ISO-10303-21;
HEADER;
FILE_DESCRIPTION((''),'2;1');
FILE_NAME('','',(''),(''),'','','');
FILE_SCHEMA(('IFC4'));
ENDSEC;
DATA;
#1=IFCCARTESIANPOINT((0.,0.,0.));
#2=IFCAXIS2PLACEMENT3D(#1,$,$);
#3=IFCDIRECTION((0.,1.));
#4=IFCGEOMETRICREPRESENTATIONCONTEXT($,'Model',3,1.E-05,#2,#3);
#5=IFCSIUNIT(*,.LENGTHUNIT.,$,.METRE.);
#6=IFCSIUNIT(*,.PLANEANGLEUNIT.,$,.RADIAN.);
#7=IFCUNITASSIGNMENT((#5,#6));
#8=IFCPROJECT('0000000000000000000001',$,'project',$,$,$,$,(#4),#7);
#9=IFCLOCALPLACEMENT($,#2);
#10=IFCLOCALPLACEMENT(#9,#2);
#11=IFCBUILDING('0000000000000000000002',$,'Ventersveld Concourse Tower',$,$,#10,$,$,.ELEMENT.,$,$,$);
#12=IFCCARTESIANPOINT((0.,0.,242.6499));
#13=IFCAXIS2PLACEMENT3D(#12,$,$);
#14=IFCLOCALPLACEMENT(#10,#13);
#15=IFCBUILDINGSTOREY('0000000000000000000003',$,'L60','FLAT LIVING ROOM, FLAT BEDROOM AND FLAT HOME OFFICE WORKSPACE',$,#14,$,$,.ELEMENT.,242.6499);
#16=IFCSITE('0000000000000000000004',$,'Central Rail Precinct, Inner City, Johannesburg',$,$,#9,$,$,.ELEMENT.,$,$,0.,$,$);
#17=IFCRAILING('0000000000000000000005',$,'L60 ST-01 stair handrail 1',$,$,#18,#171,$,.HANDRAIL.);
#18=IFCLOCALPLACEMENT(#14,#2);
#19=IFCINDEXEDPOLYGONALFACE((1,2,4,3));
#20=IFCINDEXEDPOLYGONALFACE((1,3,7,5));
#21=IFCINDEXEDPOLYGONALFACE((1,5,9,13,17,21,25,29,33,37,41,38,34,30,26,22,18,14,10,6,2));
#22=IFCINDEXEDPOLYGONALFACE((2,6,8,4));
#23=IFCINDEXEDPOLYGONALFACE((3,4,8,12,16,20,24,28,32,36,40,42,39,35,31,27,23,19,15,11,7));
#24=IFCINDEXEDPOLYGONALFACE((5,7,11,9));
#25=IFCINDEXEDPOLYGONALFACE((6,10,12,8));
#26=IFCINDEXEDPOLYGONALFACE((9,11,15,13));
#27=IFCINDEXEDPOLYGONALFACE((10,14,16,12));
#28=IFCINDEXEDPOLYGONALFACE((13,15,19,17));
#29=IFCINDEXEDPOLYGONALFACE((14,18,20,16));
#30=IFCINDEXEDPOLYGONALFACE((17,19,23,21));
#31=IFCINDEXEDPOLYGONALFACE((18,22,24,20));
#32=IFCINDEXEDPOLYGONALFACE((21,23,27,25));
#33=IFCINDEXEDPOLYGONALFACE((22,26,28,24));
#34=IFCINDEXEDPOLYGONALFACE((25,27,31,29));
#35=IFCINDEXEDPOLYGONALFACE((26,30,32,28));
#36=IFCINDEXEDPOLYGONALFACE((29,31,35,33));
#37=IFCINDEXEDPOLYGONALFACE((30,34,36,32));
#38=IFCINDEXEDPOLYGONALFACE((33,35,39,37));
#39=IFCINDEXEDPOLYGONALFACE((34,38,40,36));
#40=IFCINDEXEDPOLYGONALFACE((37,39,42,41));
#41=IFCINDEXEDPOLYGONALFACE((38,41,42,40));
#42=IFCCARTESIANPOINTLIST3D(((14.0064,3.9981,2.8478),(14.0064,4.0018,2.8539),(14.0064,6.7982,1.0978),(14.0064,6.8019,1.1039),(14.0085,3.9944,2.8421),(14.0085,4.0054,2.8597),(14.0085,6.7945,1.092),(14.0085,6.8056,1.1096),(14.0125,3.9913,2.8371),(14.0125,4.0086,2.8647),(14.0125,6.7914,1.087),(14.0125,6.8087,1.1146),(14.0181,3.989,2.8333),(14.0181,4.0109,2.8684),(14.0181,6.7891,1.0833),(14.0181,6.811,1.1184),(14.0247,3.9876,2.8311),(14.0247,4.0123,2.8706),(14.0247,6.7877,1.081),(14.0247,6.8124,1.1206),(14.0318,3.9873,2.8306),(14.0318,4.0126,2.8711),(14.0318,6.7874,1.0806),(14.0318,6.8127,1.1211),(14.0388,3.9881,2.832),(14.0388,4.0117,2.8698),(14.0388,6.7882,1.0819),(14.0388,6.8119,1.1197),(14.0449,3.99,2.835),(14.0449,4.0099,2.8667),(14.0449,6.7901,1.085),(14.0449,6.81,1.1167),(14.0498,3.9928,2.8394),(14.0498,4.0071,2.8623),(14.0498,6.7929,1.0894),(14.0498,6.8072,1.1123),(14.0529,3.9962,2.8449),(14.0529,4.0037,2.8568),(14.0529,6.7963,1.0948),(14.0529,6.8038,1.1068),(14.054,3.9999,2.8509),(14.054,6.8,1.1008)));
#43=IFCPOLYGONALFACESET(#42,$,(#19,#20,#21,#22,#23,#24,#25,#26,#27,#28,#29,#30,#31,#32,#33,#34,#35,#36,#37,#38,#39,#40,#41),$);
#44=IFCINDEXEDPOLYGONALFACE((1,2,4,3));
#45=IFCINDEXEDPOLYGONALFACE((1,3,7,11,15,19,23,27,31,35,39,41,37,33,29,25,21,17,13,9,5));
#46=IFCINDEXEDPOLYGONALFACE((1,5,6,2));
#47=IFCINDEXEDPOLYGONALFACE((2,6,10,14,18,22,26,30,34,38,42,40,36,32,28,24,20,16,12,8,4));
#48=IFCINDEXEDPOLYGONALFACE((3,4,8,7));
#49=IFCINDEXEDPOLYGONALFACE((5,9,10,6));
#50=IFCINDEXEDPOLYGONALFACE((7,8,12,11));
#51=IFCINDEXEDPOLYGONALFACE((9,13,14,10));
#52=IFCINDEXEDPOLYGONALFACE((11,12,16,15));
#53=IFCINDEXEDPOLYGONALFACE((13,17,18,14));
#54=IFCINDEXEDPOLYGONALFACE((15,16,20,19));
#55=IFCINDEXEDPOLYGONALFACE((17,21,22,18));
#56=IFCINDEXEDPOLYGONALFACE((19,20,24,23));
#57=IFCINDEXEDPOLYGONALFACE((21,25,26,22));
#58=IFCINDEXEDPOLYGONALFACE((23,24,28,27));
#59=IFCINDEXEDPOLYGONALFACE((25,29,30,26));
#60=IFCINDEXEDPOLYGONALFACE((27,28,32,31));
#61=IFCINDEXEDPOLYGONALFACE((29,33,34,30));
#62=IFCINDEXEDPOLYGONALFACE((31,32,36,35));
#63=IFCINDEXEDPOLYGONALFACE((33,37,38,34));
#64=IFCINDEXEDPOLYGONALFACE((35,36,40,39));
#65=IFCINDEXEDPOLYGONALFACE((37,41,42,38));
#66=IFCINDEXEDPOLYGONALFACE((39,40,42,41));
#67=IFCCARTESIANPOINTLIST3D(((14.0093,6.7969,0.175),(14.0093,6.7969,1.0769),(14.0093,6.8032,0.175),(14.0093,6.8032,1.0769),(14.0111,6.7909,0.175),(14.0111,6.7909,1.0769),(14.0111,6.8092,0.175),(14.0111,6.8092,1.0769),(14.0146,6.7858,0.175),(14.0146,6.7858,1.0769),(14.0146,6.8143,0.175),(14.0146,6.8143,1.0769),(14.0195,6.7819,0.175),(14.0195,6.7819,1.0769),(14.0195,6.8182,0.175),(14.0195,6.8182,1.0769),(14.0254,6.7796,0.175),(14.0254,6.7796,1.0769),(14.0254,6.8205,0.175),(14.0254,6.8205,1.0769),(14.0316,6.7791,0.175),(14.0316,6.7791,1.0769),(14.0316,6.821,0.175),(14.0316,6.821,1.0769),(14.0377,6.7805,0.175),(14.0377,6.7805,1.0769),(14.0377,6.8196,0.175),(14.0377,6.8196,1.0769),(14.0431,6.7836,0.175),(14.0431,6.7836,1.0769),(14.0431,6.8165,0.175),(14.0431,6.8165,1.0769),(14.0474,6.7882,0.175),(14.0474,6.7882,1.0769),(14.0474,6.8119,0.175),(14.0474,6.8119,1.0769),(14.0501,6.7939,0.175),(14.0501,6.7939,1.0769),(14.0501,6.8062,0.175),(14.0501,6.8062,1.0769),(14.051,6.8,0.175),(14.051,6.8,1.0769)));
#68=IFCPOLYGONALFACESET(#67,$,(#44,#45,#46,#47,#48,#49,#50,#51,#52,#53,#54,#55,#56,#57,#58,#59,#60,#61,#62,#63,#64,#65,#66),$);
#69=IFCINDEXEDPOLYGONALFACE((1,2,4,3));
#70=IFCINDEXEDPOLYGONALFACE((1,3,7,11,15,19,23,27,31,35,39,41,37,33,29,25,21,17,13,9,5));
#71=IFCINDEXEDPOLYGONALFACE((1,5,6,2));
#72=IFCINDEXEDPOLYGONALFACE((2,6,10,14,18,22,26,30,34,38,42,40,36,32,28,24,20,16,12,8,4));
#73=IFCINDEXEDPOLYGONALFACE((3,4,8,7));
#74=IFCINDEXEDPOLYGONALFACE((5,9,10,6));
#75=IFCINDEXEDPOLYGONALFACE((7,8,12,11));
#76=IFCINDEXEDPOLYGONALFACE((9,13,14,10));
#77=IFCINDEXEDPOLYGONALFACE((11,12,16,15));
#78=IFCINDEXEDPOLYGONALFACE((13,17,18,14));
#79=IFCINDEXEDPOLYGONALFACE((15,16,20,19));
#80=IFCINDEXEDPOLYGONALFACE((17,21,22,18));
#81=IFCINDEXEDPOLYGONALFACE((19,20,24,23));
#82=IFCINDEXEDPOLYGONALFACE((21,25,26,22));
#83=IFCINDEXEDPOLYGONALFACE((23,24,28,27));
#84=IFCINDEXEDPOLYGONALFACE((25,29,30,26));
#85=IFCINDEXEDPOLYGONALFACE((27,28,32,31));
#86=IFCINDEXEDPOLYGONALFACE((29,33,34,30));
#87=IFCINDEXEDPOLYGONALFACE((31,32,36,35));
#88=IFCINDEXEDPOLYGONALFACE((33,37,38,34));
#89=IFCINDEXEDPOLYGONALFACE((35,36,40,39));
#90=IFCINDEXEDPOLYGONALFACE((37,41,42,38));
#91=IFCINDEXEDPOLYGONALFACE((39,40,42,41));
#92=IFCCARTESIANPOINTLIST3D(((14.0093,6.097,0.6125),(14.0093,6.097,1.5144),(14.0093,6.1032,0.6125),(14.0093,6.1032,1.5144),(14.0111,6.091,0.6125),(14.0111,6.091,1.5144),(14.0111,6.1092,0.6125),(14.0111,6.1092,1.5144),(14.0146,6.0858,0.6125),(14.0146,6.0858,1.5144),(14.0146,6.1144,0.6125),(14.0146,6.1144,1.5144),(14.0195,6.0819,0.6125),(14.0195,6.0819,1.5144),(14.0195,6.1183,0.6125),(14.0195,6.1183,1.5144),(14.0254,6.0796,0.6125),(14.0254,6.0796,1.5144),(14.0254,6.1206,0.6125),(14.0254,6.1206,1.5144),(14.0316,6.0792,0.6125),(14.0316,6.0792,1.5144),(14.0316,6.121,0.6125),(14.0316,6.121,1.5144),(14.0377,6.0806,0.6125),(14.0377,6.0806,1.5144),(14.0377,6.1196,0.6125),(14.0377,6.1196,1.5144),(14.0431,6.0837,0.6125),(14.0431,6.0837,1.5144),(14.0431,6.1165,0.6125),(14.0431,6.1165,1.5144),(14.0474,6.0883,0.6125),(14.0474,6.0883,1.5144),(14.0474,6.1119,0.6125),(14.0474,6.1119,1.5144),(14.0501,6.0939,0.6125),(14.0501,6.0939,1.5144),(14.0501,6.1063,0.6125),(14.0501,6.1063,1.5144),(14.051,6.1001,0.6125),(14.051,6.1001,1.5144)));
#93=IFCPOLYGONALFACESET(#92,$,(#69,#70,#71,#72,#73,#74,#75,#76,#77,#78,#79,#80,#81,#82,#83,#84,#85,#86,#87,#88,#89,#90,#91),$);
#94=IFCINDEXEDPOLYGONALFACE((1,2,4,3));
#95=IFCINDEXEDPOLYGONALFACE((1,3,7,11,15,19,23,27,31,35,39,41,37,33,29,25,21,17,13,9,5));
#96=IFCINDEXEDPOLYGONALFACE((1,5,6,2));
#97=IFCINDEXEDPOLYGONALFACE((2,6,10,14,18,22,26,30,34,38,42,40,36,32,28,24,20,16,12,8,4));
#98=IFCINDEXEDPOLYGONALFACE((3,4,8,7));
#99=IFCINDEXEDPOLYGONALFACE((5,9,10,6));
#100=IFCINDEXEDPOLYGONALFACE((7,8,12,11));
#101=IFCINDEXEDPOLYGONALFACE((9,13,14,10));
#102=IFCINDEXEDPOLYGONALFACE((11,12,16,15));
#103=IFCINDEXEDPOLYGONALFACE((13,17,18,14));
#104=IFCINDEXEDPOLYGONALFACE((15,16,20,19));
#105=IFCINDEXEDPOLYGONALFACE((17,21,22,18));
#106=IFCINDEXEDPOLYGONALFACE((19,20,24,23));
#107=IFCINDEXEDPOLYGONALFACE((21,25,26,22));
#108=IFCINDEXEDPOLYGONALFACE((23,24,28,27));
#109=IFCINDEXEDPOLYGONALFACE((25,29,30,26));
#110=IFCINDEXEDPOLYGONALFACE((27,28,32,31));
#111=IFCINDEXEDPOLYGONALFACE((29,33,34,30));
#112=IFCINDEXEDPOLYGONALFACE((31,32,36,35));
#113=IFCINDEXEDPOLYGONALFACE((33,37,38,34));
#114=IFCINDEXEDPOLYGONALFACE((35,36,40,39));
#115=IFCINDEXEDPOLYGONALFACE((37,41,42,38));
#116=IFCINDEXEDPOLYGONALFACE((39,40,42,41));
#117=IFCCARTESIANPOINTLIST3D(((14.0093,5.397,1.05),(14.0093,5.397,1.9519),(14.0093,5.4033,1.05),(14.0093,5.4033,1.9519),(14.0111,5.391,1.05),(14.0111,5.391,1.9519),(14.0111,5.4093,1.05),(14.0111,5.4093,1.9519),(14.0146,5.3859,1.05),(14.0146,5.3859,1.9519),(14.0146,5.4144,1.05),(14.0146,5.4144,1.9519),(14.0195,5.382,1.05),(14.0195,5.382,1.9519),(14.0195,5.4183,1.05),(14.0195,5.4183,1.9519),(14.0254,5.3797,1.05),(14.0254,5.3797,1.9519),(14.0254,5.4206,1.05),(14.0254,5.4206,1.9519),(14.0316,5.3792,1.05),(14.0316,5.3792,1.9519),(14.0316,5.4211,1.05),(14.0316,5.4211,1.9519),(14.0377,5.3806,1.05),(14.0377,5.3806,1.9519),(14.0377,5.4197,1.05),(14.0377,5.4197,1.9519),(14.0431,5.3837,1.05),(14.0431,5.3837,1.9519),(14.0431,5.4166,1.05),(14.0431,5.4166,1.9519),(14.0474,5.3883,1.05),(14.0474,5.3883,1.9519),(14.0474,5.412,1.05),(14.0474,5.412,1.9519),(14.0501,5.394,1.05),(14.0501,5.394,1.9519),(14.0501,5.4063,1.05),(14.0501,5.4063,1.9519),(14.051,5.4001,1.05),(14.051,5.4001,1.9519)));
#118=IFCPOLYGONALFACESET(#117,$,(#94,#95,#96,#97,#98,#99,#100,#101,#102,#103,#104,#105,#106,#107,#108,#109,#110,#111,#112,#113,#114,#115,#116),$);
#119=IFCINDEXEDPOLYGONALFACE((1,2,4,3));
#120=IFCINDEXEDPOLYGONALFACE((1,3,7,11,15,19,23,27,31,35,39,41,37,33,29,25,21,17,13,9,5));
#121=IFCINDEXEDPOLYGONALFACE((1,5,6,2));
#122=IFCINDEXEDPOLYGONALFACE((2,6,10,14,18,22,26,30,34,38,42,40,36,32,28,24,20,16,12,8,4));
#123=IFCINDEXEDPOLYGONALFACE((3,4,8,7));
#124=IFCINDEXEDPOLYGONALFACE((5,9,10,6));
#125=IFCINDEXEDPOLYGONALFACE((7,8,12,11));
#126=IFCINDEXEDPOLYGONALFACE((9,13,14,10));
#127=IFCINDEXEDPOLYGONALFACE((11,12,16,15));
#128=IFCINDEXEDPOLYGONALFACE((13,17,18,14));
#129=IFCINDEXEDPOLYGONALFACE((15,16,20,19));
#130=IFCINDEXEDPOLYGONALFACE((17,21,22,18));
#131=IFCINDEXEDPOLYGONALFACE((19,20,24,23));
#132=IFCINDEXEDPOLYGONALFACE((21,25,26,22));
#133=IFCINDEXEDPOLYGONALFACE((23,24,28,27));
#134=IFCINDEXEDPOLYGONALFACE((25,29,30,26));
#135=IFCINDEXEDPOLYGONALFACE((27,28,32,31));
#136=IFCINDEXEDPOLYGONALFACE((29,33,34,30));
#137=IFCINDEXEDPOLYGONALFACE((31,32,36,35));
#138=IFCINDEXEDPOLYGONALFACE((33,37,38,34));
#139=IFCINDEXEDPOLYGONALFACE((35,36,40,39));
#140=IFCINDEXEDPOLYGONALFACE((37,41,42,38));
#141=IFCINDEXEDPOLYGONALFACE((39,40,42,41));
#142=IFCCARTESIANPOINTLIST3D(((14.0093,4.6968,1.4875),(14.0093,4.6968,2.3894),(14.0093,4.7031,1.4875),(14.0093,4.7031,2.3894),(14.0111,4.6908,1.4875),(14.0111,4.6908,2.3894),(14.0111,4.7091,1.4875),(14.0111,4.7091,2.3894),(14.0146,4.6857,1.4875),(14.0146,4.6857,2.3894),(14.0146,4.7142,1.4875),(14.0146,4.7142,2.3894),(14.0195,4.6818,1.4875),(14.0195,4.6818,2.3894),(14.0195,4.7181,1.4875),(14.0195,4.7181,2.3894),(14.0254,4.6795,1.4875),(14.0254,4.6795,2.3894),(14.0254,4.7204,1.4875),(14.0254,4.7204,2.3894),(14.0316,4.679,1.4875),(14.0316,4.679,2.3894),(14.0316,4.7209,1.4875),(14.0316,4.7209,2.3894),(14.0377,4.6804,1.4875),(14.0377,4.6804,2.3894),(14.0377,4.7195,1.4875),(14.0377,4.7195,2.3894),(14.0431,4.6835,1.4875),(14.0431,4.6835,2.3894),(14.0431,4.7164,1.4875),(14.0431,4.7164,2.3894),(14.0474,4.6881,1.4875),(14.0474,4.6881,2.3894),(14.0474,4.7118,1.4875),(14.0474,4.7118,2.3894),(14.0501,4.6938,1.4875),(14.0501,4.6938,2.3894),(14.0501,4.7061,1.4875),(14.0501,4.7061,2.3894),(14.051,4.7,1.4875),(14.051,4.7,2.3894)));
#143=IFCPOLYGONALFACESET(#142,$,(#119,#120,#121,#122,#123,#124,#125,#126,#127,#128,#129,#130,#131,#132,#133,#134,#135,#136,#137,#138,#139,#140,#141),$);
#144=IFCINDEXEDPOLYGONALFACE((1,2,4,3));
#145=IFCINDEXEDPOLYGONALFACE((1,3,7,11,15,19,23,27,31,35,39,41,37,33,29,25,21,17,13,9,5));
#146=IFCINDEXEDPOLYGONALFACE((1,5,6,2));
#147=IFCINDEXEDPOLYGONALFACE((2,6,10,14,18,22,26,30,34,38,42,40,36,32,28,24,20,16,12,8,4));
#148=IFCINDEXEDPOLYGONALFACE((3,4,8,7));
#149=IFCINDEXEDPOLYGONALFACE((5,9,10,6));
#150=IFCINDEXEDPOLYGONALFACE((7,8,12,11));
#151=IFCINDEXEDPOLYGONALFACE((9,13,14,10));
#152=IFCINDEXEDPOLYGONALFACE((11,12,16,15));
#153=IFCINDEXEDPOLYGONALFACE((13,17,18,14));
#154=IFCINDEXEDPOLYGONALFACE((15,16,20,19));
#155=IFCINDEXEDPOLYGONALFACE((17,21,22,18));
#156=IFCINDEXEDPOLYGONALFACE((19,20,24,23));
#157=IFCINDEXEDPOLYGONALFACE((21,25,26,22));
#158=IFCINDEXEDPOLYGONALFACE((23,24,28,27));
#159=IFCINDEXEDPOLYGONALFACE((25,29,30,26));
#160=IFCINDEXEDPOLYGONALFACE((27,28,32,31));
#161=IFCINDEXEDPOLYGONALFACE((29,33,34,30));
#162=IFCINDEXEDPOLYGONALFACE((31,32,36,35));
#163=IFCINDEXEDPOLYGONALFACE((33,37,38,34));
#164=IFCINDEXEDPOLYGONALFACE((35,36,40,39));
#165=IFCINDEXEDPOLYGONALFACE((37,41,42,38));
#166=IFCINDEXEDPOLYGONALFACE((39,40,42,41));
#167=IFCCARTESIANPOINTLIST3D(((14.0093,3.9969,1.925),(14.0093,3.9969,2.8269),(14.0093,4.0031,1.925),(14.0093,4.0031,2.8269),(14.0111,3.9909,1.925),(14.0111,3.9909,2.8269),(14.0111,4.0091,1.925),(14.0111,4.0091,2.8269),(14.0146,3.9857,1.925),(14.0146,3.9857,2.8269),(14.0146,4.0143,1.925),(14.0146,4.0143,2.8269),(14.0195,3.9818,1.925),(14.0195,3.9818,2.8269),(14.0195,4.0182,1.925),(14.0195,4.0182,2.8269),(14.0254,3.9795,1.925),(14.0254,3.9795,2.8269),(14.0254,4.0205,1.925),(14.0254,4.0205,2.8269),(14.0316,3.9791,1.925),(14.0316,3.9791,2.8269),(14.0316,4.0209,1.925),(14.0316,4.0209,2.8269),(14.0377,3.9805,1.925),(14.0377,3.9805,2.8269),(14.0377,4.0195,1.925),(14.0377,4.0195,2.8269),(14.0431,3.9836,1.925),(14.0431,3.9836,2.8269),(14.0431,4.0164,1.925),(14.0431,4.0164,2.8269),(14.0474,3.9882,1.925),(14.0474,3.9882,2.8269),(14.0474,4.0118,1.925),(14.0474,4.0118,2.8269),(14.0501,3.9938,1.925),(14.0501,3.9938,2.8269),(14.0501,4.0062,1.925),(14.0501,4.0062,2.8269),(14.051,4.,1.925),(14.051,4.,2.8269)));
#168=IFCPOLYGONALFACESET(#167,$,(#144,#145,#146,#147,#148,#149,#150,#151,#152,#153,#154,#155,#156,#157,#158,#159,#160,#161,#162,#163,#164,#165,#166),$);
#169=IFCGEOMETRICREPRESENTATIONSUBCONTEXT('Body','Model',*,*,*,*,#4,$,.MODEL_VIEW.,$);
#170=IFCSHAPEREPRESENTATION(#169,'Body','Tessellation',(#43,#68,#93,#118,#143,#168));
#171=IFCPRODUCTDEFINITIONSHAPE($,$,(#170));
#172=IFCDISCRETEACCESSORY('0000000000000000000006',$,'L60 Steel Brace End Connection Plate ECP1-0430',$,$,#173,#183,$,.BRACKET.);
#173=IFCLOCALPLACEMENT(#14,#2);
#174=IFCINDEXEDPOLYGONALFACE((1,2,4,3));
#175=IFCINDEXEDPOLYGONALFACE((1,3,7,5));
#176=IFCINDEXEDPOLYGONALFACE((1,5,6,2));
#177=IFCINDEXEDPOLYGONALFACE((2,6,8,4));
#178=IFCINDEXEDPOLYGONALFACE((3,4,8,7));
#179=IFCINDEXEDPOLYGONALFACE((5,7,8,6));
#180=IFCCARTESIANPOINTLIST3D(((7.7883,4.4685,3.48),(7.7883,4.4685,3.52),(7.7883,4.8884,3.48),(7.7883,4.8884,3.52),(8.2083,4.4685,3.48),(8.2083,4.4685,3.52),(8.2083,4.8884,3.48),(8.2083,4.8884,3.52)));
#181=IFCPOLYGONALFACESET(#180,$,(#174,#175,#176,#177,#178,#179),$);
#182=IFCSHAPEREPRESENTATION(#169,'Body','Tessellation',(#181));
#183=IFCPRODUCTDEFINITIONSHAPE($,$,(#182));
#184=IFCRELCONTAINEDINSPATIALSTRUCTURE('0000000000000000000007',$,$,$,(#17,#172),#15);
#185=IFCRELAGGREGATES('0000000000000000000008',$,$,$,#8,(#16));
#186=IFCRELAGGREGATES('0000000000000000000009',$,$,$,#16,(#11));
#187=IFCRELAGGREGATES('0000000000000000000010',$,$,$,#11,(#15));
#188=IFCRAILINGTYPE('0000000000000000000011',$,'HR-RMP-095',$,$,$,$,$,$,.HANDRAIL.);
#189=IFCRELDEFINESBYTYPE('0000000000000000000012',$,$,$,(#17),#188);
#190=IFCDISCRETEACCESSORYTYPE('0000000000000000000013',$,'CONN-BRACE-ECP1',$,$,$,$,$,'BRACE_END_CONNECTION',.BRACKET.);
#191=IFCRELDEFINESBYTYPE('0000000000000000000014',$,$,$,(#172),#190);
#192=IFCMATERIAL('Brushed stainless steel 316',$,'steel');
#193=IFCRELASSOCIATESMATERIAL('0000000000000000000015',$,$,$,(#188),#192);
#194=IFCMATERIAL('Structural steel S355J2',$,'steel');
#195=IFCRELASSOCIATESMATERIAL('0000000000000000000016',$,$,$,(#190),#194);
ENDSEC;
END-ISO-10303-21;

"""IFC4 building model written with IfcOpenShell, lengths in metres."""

from ifc_helpers import new_model, si_unit, direction, frame, origin, origin_2d, place, context, subcontext, project, spatial, rectangle, circle, extrude, material, type_object, element, save


model = new_model("IFC4")

# Units and contexts
model_context = context("Model", 3, precision=1e-05, world=origin(), true_north=direction((0.0, 1.0)))
body_context = subcontext(model_context, "Body", "Model", "MODEL_VIEW")
ifc_project = project(units=[si_unit("LENGTHUNIT", "METRE"), si_unit("PLANEANGLEUNIT", "RADIAN")], contexts=[model_context])

# Site, building, storey
site_placement = place(None, origin())
site = spatial("IfcSite", under=ifc_project, at=site_placement, Name="Central Rail Precinct, Inner City, Johannesburg", CompositionType="ELEMENT", RefElevation=0.0)
building_placement = place(site_placement, origin())
building = spatial("IfcBuilding", under=site, at=building_placement, Name="Ventersveld Concourse Tower", CompositionType="ELEMENT")
storey_placement = place(building_placement, frame((0.0, 0.0, 242.6499)))
storey = spatial("IfcBuildingStorey", under=building, at=storey_placement, Name="L60", Description="FLAT LIVING ROOM, FLAT BEDROOM AND FLAT HOME OFFICE WORKSPACE", CompositionType="ELEMENT", Elevation=242.6499)

# Shared definitions
ifc_material_1 = material(Name="Structural steel S355J2", Category="steel")

# Railing
ifc_material_2 = material(Name="Brushed stainless steel 316", Category="steel")
railing_type_1 = type_object("IfcRailingType", Name="HR-RMP-095", PredefinedType="HANDRAIL", material=ifc_material_2)
railing_1_placement = place(storey_placement, frame((14.03, 6.8, 0.175)))
element("IfcRailing", 1, at=railing_1_placement, inside=storey, type_object=railing_type_1, Name="L60 ST-01 stair handrail 1", PredefinedType="HANDRAIL", context=body_context, shape_type="SweptSolid", body=[
    extrude(circle(Radius=0.0239, at=origin_2d()), frame((0.0, 0.0, 0.9258), z_axis=(0.0, -0.848002, 0.529992), x_axis=(1.0, 0.0, 0.0)), (0.0, 0.0, 1.0), 3.302),
    extrude(circle(Radius=0.021, at=origin_2d()), origin(), (0.0, 0.0, 1.0), 0.9019),
    extrude(circle(Radius=0.021, at=origin_2d()), frame((0.0, -0.7, 0.4375)), (0.0, 0.0, 1.0), 0.9019),
    extrude(circle(Radius=0.021, at=origin_2d()), frame((0.0, -1.3999, 0.875)), (0.0, 0.0, 1.0), 0.9019),
    extrude(circle(Radius=0.021, at=origin_2d()), frame((0.0, -2.1001, 1.3125)), (0.0, 0.0, 1.0), 0.9019),
    extrude(circle(Radius=0.021, at=origin_2d()), frame((0.0, -2.8, 1.75)), (0.0, 0.0, 1.0), 0.9019),
])

# Discrete accessory
discrete_accessory_type = type_object("IfcDiscreteAccessoryType", Name="CONN-BRACE-ECP1", ElementType="BRACE_END_CONNECTION", PredefinedType="BRACKET", material=ifc_material_1)
discrete_accessory_placement = place(storey_placement, frame((7.9983, 4.6785, 3.48), z_axis=(0.0, 0.0, 1.0), x_axis=(1.0, 0.0, 0.0)))
element("IfcDiscreteAccessory", 2, at=discrete_accessory_placement, inside=storey, type_object=discrete_accessory_type, Name="L60 Steel Brace End Connection Plate ECP1-0430", PredefinedType="BRACKET", context=body_context, shape_type="SweptSolid", body=[
    extrude(rectangle(XDim=0.4199, YDim=0.4199, at=origin_2d()), origin(), (0.0, 0.0, 1.0), 0.04),
])

save(model, "model.ifc")
